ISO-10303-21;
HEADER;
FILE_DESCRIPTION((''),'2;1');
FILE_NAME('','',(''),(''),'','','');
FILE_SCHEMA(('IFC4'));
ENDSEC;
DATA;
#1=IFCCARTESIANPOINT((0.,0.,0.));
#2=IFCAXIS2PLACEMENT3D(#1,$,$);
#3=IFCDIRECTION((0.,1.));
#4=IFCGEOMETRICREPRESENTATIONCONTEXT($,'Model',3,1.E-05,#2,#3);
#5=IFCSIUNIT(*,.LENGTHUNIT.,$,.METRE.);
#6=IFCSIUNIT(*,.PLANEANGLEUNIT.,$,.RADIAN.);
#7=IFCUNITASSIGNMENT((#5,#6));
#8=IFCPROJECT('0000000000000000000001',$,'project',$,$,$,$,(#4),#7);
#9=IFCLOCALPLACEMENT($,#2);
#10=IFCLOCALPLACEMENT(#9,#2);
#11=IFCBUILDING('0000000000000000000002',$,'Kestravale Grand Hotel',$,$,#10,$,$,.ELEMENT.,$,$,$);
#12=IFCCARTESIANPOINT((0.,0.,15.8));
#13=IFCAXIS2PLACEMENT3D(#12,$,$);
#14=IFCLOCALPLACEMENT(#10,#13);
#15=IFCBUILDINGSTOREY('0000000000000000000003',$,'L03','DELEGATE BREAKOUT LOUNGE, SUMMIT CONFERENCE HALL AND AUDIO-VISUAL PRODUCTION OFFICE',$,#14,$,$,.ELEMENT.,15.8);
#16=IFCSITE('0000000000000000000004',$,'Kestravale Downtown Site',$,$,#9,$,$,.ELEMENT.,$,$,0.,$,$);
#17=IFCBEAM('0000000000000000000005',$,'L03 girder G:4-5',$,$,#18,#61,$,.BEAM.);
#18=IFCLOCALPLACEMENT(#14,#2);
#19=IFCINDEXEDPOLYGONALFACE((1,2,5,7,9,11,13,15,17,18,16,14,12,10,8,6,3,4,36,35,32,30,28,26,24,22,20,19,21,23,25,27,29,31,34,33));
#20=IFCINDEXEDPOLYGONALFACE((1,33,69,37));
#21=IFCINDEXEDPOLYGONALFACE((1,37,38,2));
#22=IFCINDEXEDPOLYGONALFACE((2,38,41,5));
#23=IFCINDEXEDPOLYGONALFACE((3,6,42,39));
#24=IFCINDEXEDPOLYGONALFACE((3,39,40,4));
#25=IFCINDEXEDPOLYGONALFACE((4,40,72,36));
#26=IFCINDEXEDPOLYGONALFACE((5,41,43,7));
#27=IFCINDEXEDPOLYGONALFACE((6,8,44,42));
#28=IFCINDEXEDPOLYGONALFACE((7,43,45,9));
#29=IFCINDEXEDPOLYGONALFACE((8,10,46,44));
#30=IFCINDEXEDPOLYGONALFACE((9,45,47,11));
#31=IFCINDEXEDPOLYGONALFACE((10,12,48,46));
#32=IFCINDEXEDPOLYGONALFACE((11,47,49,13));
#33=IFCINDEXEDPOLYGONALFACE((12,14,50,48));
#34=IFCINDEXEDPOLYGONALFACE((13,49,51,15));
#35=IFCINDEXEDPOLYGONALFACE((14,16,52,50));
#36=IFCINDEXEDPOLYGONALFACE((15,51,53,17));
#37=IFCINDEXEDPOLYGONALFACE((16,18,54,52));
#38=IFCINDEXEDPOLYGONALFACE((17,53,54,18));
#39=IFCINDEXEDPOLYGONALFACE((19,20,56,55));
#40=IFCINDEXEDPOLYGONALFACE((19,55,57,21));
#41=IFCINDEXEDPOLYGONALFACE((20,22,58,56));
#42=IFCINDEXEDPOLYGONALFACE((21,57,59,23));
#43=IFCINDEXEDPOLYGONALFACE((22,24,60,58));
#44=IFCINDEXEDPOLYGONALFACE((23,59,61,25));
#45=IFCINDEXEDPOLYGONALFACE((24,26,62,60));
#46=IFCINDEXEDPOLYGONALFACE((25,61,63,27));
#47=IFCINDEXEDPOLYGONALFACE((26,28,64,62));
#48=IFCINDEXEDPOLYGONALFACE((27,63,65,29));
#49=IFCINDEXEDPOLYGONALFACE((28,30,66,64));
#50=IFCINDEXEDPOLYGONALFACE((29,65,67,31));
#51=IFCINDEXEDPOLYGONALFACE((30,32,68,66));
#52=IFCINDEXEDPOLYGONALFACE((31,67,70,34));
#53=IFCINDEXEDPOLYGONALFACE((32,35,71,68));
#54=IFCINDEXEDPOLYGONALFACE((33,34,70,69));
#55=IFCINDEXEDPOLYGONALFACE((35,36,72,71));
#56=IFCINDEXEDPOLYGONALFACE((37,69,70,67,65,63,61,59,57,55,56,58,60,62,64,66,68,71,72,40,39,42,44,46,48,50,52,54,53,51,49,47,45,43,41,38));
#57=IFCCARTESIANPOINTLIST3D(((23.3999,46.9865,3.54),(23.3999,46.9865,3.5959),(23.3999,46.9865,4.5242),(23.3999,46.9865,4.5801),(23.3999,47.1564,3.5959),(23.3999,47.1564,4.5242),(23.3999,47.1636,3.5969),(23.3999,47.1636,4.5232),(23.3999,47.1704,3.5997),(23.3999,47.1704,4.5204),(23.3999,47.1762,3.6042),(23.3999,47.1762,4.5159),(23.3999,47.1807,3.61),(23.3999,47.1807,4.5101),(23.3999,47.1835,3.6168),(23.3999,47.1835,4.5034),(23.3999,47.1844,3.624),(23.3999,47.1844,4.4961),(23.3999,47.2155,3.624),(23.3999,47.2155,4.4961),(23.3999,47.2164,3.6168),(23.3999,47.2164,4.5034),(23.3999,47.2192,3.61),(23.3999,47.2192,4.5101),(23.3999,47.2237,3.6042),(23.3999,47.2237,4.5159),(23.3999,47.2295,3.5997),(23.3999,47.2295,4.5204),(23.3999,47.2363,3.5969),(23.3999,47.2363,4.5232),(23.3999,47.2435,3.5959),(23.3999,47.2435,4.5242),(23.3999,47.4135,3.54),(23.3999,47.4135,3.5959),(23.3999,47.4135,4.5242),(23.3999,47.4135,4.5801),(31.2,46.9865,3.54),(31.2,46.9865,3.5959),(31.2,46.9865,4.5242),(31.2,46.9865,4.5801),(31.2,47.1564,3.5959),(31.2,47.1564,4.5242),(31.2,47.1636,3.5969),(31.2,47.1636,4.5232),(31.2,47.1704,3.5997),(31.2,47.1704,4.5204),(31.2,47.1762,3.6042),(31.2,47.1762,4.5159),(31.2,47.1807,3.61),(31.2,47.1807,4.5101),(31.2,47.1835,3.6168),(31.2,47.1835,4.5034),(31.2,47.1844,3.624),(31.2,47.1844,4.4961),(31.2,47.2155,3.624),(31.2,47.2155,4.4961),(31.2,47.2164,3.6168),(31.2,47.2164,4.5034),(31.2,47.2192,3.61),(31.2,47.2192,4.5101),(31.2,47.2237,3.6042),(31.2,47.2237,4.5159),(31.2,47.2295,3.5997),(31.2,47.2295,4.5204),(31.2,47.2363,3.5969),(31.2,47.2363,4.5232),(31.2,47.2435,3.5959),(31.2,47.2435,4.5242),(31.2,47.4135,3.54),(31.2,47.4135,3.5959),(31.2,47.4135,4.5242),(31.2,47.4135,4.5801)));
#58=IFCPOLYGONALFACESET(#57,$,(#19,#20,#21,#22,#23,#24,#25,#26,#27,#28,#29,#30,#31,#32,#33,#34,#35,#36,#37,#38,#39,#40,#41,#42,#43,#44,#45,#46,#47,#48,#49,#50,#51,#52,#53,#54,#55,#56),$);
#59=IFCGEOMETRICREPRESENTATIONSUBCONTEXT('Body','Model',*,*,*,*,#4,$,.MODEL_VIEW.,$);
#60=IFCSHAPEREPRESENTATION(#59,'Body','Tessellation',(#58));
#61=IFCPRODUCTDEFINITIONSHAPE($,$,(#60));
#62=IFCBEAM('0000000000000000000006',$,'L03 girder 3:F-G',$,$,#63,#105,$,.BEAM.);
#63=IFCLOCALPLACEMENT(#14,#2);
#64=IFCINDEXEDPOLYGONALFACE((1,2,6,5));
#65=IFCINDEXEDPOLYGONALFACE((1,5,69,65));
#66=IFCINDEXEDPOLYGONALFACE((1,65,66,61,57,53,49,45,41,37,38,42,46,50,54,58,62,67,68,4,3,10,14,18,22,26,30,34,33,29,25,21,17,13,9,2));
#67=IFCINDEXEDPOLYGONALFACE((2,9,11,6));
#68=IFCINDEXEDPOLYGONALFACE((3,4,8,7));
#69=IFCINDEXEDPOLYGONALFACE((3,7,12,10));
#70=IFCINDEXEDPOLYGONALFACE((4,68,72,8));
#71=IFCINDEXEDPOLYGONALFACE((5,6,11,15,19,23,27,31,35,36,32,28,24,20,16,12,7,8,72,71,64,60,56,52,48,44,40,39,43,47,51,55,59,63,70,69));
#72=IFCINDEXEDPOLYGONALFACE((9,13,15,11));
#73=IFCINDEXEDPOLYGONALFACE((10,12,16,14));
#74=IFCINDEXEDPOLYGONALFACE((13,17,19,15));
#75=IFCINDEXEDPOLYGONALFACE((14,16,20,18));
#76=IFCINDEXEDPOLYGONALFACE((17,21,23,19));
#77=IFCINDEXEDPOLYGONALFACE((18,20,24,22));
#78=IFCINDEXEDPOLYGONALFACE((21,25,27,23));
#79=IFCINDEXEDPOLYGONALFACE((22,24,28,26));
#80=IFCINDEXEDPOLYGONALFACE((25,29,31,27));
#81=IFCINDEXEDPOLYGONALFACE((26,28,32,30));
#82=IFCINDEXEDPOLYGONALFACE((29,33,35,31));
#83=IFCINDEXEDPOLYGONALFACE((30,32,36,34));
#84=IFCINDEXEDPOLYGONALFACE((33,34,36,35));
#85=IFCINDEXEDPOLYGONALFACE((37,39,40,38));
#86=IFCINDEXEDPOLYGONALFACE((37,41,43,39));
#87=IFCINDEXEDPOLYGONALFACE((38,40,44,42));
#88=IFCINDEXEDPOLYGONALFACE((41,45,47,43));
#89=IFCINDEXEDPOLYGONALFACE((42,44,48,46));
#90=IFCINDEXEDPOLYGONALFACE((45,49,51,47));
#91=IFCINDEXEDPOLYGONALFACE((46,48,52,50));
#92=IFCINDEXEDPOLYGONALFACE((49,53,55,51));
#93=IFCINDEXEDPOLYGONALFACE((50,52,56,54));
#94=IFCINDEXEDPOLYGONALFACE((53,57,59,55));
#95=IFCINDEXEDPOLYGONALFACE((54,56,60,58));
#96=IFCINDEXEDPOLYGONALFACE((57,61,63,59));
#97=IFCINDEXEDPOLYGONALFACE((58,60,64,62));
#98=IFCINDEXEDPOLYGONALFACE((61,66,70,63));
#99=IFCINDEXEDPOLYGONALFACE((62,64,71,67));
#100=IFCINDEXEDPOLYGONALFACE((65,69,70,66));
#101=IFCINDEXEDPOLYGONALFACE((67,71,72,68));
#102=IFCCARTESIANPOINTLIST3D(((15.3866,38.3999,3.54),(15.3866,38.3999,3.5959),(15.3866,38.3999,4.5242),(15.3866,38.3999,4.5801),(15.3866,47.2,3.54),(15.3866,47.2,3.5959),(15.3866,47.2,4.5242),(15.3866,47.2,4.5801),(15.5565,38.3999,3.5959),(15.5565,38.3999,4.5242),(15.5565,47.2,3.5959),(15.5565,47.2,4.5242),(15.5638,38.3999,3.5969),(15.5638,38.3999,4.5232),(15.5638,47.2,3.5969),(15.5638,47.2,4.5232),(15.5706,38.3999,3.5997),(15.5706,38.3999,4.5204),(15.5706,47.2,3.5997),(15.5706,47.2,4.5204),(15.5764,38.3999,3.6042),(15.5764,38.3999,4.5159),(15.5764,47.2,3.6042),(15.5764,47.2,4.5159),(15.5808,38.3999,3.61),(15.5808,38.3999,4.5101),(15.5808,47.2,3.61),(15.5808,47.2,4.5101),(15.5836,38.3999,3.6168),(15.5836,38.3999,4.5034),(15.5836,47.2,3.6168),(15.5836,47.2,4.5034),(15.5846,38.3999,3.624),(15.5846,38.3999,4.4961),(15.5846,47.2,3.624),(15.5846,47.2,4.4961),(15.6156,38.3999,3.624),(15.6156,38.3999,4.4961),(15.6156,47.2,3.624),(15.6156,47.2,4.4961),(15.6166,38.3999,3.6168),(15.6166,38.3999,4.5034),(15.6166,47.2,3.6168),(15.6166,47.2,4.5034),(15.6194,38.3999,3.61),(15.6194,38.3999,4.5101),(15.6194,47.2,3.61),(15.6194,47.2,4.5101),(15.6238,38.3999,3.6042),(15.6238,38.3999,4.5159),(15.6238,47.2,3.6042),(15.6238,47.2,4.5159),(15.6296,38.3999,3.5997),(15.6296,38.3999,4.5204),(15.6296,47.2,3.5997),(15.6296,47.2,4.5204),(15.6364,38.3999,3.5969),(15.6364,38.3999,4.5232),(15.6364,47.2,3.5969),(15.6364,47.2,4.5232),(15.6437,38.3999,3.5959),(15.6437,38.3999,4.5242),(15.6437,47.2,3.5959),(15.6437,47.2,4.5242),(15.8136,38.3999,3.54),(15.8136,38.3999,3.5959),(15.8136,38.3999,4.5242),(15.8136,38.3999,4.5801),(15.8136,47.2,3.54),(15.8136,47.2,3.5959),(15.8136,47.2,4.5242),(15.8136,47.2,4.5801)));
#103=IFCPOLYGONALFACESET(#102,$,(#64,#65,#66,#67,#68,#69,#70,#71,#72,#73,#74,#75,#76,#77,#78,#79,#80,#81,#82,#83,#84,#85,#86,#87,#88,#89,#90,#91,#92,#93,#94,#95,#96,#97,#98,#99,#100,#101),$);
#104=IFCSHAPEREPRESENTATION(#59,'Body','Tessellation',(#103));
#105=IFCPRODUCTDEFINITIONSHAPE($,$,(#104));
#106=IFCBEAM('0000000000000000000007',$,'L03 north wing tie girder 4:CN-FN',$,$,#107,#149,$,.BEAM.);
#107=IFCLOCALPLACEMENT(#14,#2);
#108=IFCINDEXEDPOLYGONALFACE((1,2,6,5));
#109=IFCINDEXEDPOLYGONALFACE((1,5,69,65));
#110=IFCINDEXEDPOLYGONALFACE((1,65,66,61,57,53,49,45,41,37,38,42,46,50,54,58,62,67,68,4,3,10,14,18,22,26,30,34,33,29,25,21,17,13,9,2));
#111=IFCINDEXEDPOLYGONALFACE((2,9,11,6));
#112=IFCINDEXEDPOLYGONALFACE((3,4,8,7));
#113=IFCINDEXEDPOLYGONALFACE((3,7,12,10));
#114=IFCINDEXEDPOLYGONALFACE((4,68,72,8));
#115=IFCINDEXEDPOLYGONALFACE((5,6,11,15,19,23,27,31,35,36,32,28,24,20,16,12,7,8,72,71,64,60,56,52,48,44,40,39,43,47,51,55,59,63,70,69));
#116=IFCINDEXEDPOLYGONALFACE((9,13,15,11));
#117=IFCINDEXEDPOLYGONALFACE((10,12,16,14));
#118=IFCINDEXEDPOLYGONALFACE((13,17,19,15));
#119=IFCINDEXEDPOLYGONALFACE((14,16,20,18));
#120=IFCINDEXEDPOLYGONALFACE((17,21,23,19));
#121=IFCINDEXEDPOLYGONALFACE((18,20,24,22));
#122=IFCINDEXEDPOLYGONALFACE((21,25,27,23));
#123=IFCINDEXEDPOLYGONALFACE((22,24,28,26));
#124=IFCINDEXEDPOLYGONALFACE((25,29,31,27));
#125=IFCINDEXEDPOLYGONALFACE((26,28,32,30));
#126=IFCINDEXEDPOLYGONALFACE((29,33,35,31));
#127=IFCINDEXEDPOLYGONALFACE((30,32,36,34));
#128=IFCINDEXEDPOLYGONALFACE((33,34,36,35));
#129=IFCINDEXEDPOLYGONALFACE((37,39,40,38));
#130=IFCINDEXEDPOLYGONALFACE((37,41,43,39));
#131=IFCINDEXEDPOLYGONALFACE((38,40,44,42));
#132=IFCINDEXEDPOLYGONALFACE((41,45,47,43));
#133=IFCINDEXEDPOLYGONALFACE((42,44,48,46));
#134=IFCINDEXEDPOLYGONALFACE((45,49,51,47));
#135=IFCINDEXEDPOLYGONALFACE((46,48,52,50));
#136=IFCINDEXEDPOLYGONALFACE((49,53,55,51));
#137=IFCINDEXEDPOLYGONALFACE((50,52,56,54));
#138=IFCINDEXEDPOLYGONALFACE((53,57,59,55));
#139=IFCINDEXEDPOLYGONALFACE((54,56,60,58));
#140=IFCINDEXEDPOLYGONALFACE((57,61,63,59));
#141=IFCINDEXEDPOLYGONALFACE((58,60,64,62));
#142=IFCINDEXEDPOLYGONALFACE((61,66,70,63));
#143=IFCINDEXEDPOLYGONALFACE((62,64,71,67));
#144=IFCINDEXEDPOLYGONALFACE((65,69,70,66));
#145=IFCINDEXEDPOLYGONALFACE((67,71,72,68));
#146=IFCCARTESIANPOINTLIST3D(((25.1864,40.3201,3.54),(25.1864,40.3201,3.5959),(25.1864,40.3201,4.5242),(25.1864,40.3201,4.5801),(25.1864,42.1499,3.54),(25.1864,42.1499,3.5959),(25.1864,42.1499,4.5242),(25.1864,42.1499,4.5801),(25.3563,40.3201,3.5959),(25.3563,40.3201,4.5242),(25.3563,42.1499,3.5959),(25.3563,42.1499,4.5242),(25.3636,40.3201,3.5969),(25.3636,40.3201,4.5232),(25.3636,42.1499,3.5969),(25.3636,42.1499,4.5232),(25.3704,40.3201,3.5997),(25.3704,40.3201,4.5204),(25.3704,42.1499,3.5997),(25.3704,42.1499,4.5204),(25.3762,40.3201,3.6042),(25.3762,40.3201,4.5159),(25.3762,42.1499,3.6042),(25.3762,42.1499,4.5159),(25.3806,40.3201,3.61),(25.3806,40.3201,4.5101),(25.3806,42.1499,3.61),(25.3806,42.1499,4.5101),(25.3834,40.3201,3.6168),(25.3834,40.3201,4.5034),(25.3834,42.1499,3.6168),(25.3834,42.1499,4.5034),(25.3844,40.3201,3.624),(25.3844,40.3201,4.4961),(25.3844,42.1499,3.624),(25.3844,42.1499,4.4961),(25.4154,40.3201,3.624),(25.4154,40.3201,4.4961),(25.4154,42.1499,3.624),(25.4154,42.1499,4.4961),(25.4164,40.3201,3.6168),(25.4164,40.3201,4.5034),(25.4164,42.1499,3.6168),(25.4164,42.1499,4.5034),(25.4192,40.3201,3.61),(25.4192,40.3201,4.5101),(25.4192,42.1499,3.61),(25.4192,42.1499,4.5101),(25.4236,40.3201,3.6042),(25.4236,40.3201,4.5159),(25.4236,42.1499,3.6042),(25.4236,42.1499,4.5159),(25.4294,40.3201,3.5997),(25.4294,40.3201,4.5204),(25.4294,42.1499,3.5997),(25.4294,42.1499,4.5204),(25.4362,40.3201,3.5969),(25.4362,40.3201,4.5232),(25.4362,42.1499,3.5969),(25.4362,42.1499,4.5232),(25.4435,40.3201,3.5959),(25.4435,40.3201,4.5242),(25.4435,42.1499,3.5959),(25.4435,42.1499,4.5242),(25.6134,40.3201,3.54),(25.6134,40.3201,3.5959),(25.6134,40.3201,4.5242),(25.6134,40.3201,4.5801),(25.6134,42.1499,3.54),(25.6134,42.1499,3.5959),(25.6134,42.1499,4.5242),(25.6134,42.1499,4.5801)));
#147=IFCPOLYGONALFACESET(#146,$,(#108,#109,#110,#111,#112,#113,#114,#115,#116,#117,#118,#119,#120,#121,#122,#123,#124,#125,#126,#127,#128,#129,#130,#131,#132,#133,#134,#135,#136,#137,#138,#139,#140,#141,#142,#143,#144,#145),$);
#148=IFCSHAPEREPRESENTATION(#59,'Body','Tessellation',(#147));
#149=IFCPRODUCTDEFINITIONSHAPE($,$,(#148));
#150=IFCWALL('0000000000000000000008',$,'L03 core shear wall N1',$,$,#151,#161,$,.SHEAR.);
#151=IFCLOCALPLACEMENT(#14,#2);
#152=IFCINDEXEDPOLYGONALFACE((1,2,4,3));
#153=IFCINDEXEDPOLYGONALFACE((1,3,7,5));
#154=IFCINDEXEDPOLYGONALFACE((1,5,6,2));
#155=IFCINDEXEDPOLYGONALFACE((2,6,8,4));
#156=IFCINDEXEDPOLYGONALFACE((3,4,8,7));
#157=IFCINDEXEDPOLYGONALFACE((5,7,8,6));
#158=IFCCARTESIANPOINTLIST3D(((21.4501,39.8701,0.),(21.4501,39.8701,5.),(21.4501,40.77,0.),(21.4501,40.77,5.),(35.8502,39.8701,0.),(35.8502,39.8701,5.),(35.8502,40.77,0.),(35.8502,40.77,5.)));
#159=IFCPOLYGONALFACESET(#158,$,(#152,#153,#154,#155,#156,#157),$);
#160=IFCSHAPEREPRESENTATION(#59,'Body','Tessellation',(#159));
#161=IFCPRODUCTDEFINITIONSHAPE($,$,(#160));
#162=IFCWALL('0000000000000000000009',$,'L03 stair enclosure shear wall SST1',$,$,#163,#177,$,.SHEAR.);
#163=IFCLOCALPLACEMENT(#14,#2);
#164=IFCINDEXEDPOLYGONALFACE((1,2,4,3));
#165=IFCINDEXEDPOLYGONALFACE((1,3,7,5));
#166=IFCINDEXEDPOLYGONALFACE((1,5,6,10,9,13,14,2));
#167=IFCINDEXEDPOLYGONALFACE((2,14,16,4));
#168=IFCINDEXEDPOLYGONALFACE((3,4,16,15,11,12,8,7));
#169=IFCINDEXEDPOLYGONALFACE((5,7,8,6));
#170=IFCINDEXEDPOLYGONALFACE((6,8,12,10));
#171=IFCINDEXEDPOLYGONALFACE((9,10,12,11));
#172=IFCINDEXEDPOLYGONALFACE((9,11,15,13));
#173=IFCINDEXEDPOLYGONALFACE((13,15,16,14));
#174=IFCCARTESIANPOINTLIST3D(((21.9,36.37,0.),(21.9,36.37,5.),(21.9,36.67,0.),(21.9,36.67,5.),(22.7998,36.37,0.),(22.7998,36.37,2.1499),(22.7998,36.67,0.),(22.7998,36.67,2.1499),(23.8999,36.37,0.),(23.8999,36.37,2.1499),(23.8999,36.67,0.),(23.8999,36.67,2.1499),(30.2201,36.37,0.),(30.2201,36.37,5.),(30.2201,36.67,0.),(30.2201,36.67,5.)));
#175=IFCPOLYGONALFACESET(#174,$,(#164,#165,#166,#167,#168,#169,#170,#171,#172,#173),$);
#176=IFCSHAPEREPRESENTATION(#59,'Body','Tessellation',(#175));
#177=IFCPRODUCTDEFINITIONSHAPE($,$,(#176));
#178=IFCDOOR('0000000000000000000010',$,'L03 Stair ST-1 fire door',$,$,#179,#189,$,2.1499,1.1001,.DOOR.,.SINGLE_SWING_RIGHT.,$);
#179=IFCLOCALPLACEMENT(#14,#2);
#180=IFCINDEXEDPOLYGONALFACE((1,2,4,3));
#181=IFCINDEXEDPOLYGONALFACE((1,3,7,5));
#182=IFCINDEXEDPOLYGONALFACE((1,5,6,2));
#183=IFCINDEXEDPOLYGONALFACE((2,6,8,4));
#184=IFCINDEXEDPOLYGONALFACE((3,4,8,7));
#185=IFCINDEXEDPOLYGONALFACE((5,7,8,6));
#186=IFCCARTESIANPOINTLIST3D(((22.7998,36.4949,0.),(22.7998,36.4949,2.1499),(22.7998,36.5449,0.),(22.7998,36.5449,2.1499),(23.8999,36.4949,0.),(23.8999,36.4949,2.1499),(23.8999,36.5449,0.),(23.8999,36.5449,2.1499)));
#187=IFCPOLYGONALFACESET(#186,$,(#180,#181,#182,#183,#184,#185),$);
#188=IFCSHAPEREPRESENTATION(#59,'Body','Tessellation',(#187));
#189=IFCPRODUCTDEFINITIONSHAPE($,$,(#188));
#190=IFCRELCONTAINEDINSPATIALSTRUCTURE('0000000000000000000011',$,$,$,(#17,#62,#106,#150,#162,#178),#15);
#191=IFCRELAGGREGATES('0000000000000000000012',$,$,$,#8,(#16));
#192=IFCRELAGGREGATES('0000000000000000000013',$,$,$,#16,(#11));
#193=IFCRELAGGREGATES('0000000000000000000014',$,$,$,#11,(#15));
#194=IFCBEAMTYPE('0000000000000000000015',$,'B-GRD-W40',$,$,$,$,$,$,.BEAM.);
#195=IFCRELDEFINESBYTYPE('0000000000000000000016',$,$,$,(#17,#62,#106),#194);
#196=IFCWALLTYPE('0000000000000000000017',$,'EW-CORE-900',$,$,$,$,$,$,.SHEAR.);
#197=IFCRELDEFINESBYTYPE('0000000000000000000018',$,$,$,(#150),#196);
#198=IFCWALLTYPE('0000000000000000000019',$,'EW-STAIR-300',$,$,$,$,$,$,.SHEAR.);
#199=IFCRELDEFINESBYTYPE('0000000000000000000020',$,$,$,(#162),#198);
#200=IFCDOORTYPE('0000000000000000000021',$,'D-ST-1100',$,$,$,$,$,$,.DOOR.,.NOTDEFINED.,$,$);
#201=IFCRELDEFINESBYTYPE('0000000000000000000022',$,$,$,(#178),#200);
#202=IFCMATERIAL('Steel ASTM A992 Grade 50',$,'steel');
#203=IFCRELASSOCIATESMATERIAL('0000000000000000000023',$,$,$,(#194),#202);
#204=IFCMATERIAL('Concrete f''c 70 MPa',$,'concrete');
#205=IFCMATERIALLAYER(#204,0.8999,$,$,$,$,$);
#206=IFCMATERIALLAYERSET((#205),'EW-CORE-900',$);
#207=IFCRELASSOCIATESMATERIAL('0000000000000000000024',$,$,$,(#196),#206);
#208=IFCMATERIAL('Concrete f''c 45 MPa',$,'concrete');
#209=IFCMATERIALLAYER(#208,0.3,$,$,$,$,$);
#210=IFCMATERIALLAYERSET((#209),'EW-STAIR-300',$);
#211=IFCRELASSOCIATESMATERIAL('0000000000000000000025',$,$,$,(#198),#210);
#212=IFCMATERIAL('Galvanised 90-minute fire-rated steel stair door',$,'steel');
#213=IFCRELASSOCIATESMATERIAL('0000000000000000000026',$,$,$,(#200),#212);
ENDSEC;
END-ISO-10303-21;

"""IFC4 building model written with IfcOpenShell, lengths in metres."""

from ifc_helpers import new_model, si_unit, direction, frame, frame_2d, origin, origin_2d, place, context, subcontext, project, spatial, rectangle, i_section, extrude, material, layer, layer_set, material_profile, profile_set, type_object, element, fill, save


model = new_model("IFC4")

# Units and contexts
model_context = context("Model", 3, precision=1e-05, world=origin(), true_north=direction((0.0, 1.0)))
body_context = subcontext(model_context, "Body", "Model", "MODEL_VIEW")
ifc_project = project(units=[si_unit("LENGTHUNIT", "METRE"), si_unit("PLANEANGLEUNIT", "RADIAN")], contexts=[model_context])

# Site, building, storey
site_placement = place(None, origin())
site = spatial("IfcSite", under=ifc_project, at=site_placement, Name="Kestravale Downtown Site", CompositionType="ELEMENT", RefElevation=0.0)
building_placement = place(site_placement, origin())
building = spatial("IfcBuilding", under=site, at=building_placement, Name="Kestravale Grand Hotel", CompositionType="ELEMENT")
storey_placement = place(building_placement, frame((0.0, 0.0, 15.8)))
storey = spatial("IfcBuildingStorey", under=building, at=storey_placement, Name="L03", Description="DELEGATE BREAKOUT LOUNGE, SUMMIT CONFERENCE HALL AND AUDIO-VISUAL PRODUCTION OFFICE", CompositionType="ELEMENT", Elevation=15.8)

# Beams
ifc_material_1 = material(Name="Steel ASTM A992 Grade 50", Category="steel")
ifc_material_profile_1 = material_profile(ifc_material_1, i_section(OverallWidth=0.427, OverallDepth=1.04, WebThickness=0.031, FlangeThickness=0.0559, FilletRadius=0.0281, at=origin_2d()))
ifc_profile_set_1 = profile_set([ifc_material_profile_1], Name="Steel ASTM A992 Grade 50")
beam_type_1 = type_object("IfcBeamType", Name="B-GRD-W40", PredefinedType="BEAM", material=ifc_profile_set_1)
beam_1_placement = place(storey_placement, frame((23.3999, 47.2, 4.0601), z_axis=(1.0, 0.0, 0.0), x_axis=(0.0, 1.0, 0.0)))
element("IfcBeam", 1, at=beam_1_placement, inside=storey, type_object=beam_type_1, Name="L03 girder G:4-5", PredefinedType="BEAM", context=body_context, shape_type="SweptSolid", body=[
    extrude(i_section(OverallWidth=0.427, OverallDepth=1.04, WebThickness=0.031, FlangeThickness=0.0559, FilletRadius=0.0281, at=origin_2d()), origin(), (0.0, 0.0, 1.0), 7.8),
])
beam_2_placement = place(storey_placement, frame((15.6001, 38.3999, 4.0601), z_axis=(0.0, 1.0, 0.0), x_axis=(-1.0, 0.0, 0.0)))
element("IfcBeam", 2, at=beam_2_placement, inside=storey, type_object=beam_type_1, Name="L03 girder 3:F-G", PredefinedType="BEAM", context=body_context, shape_type="SweptSolid", body=[
    extrude(i_section(OverallWidth=0.427, OverallDepth=1.04, WebThickness=0.031, FlangeThickness=0.0559, FilletRadius=0.0281, at=origin_2d()), origin(), (0.0, 0.0, 1.0), 8.8),
])
beam_3_placement = place(storey_placement, frame((25.3999, 40.3201, 4.0601), z_axis=(0.0, 1.0, 0.0), x_axis=(-1.0, 0.0, 0.0)))
element("IfcBeam", 3, at=beam_3_placement, inside=storey, type_object=beam_type_1, Name="L03 north wing tie girder 4:CN-FN", PredefinedType="BEAM", context=body_context, shape_type="SweptSolid", body=[
    extrude(i_section(OverallWidth=0.427, OverallDepth=1.04, WebThickness=0.031, FlangeThickness=0.0559, FilletRadius=0.0281, at=origin_2d()), origin(), (0.0, 0.0, 1.0), 1.8298),
])

# Wall
ifc_material_2 = material(Name="Concrete f'c 70 MPa", Category="concrete")
ifc_layer_1 = layer(ifc_material_2, 0.8999)
ifc_layer_set_1 = layer_set([ifc_layer_1], Name="EW-CORE-900")
wall_type_1 = type_object("IfcWallType", Name="EW-CORE-900", PredefinedType="SHEAR", material=ifc_layer_set_1)
wall_1_placement = place(storey_placement, frame((21.45, 40.3201, 0.0), z_axis=(0.0, 0.0, 1.0), x_axis=(1.0, 0.0, 0.0)))
element("IfcWall", 4, at=wall_1_placement, inside=storey, type_object=wall_type_1, Name="L03 core shear wall N1", PredefinedType="SHEAR", context=body_context, shape_type="SweptSolid", body=[
    extrude(rectangle(XDim=14.4001, YDim=0.8999, at=frame_2d((7.2002, 0.0))), origin(), (0.0, 0.0, 1.0), 5.0),
])

# Wall, opening, door
ifc_material_3 = material(Name="Concrete f'c 45 MPa", Category="concrete")
ifc_layer_2 = layer(ifc_material_3, 0.3)
ifc_layer_set_2 = layer_set([ifc_layer_2], Name="EW-STAIR-300")
wall_type_2 = type_object("IfcWallType", Name="EW-STAIR-300", PredefinedType="SHEAR", material=ifc_layer_set_2)
wall_2_placement = place(storey_placement, frame((21.8999, 36.52, 0.0), z_axis=(0.0, 0.0, 1.0), x_axis=(1.0, 0.0, 0.0)))
wall_2 = element("IfcWall", 5, at=wall_2_placement, inside=storey, type_object=wall_type_2, Name="L03 stair enclosure shear wall SST1", PredefinedType="SHEAR", context=body_context, shape_type="SweptSolid", body=[
    extrude(rectangle(XDim=8.3201, YDim=0.3, at=frame_2d((4.1602, 0.0))), origin(), (0.0, 0.0, 1.0), 5.0),
])
opening_1_placement = place(wall_2_placement, frame((0.8999, 0.0, 0.0)))
opening_1 = element("IfcOpeningElement", 6, at=opening_1_placement, cuts=wall_2, PredefinedType="OPENING", context=body_context, shape_type="SweptSolid", body=[
    extrude(rectangle(XDim=1.1001, YDim=2.1499, at=frame_2d((0.55, 1.075))), frame((0.0, 0.1599, 0.0), z_axis=(0.0, -1.0, 0.0), x_axis=(1.0, 0.0, 0.0)), (0.0, 0.0, 1.0), 0.3201),
])
ifc_material_4 = material(Name="Galvanised 90-minute fire-rated steel stair door", Category="steel")
door_type_1 = type_object("IfcDoorType", Name="D-ST-1100", OperationType="NOTDEFINED", PredefinedType="DOOR", material=ifc_material_4)
door_1_placement = place(opening_1_placement, origin())
door_1 = element("IfcDoor", 7, at=door_1_placement, inside=storey, type_object=door_type_1, Name="L03 Stair ST-1 fire door", OperationType="SINGLE_SWING_RIGHT", OverallHeight=2.1499, OverallWidth=1.1001, PredefinedType="DOOR", context=body_context, shape_type="SweptSolid", body=[
    extrude(rectangle(XDim=1.1001, YDim=2.1499, at=frame_2d((0.55, 1.075))), frame((0.0, 0.0249, 0.0), z_axis=(0.0, -1.0, 0.0), x_axis=(1.0, 0.0, 0.0)), (0.0, 0.0, 1.0), 0.05),
])
fill(opening_1, door_1)

save(model, "model.ifc")
